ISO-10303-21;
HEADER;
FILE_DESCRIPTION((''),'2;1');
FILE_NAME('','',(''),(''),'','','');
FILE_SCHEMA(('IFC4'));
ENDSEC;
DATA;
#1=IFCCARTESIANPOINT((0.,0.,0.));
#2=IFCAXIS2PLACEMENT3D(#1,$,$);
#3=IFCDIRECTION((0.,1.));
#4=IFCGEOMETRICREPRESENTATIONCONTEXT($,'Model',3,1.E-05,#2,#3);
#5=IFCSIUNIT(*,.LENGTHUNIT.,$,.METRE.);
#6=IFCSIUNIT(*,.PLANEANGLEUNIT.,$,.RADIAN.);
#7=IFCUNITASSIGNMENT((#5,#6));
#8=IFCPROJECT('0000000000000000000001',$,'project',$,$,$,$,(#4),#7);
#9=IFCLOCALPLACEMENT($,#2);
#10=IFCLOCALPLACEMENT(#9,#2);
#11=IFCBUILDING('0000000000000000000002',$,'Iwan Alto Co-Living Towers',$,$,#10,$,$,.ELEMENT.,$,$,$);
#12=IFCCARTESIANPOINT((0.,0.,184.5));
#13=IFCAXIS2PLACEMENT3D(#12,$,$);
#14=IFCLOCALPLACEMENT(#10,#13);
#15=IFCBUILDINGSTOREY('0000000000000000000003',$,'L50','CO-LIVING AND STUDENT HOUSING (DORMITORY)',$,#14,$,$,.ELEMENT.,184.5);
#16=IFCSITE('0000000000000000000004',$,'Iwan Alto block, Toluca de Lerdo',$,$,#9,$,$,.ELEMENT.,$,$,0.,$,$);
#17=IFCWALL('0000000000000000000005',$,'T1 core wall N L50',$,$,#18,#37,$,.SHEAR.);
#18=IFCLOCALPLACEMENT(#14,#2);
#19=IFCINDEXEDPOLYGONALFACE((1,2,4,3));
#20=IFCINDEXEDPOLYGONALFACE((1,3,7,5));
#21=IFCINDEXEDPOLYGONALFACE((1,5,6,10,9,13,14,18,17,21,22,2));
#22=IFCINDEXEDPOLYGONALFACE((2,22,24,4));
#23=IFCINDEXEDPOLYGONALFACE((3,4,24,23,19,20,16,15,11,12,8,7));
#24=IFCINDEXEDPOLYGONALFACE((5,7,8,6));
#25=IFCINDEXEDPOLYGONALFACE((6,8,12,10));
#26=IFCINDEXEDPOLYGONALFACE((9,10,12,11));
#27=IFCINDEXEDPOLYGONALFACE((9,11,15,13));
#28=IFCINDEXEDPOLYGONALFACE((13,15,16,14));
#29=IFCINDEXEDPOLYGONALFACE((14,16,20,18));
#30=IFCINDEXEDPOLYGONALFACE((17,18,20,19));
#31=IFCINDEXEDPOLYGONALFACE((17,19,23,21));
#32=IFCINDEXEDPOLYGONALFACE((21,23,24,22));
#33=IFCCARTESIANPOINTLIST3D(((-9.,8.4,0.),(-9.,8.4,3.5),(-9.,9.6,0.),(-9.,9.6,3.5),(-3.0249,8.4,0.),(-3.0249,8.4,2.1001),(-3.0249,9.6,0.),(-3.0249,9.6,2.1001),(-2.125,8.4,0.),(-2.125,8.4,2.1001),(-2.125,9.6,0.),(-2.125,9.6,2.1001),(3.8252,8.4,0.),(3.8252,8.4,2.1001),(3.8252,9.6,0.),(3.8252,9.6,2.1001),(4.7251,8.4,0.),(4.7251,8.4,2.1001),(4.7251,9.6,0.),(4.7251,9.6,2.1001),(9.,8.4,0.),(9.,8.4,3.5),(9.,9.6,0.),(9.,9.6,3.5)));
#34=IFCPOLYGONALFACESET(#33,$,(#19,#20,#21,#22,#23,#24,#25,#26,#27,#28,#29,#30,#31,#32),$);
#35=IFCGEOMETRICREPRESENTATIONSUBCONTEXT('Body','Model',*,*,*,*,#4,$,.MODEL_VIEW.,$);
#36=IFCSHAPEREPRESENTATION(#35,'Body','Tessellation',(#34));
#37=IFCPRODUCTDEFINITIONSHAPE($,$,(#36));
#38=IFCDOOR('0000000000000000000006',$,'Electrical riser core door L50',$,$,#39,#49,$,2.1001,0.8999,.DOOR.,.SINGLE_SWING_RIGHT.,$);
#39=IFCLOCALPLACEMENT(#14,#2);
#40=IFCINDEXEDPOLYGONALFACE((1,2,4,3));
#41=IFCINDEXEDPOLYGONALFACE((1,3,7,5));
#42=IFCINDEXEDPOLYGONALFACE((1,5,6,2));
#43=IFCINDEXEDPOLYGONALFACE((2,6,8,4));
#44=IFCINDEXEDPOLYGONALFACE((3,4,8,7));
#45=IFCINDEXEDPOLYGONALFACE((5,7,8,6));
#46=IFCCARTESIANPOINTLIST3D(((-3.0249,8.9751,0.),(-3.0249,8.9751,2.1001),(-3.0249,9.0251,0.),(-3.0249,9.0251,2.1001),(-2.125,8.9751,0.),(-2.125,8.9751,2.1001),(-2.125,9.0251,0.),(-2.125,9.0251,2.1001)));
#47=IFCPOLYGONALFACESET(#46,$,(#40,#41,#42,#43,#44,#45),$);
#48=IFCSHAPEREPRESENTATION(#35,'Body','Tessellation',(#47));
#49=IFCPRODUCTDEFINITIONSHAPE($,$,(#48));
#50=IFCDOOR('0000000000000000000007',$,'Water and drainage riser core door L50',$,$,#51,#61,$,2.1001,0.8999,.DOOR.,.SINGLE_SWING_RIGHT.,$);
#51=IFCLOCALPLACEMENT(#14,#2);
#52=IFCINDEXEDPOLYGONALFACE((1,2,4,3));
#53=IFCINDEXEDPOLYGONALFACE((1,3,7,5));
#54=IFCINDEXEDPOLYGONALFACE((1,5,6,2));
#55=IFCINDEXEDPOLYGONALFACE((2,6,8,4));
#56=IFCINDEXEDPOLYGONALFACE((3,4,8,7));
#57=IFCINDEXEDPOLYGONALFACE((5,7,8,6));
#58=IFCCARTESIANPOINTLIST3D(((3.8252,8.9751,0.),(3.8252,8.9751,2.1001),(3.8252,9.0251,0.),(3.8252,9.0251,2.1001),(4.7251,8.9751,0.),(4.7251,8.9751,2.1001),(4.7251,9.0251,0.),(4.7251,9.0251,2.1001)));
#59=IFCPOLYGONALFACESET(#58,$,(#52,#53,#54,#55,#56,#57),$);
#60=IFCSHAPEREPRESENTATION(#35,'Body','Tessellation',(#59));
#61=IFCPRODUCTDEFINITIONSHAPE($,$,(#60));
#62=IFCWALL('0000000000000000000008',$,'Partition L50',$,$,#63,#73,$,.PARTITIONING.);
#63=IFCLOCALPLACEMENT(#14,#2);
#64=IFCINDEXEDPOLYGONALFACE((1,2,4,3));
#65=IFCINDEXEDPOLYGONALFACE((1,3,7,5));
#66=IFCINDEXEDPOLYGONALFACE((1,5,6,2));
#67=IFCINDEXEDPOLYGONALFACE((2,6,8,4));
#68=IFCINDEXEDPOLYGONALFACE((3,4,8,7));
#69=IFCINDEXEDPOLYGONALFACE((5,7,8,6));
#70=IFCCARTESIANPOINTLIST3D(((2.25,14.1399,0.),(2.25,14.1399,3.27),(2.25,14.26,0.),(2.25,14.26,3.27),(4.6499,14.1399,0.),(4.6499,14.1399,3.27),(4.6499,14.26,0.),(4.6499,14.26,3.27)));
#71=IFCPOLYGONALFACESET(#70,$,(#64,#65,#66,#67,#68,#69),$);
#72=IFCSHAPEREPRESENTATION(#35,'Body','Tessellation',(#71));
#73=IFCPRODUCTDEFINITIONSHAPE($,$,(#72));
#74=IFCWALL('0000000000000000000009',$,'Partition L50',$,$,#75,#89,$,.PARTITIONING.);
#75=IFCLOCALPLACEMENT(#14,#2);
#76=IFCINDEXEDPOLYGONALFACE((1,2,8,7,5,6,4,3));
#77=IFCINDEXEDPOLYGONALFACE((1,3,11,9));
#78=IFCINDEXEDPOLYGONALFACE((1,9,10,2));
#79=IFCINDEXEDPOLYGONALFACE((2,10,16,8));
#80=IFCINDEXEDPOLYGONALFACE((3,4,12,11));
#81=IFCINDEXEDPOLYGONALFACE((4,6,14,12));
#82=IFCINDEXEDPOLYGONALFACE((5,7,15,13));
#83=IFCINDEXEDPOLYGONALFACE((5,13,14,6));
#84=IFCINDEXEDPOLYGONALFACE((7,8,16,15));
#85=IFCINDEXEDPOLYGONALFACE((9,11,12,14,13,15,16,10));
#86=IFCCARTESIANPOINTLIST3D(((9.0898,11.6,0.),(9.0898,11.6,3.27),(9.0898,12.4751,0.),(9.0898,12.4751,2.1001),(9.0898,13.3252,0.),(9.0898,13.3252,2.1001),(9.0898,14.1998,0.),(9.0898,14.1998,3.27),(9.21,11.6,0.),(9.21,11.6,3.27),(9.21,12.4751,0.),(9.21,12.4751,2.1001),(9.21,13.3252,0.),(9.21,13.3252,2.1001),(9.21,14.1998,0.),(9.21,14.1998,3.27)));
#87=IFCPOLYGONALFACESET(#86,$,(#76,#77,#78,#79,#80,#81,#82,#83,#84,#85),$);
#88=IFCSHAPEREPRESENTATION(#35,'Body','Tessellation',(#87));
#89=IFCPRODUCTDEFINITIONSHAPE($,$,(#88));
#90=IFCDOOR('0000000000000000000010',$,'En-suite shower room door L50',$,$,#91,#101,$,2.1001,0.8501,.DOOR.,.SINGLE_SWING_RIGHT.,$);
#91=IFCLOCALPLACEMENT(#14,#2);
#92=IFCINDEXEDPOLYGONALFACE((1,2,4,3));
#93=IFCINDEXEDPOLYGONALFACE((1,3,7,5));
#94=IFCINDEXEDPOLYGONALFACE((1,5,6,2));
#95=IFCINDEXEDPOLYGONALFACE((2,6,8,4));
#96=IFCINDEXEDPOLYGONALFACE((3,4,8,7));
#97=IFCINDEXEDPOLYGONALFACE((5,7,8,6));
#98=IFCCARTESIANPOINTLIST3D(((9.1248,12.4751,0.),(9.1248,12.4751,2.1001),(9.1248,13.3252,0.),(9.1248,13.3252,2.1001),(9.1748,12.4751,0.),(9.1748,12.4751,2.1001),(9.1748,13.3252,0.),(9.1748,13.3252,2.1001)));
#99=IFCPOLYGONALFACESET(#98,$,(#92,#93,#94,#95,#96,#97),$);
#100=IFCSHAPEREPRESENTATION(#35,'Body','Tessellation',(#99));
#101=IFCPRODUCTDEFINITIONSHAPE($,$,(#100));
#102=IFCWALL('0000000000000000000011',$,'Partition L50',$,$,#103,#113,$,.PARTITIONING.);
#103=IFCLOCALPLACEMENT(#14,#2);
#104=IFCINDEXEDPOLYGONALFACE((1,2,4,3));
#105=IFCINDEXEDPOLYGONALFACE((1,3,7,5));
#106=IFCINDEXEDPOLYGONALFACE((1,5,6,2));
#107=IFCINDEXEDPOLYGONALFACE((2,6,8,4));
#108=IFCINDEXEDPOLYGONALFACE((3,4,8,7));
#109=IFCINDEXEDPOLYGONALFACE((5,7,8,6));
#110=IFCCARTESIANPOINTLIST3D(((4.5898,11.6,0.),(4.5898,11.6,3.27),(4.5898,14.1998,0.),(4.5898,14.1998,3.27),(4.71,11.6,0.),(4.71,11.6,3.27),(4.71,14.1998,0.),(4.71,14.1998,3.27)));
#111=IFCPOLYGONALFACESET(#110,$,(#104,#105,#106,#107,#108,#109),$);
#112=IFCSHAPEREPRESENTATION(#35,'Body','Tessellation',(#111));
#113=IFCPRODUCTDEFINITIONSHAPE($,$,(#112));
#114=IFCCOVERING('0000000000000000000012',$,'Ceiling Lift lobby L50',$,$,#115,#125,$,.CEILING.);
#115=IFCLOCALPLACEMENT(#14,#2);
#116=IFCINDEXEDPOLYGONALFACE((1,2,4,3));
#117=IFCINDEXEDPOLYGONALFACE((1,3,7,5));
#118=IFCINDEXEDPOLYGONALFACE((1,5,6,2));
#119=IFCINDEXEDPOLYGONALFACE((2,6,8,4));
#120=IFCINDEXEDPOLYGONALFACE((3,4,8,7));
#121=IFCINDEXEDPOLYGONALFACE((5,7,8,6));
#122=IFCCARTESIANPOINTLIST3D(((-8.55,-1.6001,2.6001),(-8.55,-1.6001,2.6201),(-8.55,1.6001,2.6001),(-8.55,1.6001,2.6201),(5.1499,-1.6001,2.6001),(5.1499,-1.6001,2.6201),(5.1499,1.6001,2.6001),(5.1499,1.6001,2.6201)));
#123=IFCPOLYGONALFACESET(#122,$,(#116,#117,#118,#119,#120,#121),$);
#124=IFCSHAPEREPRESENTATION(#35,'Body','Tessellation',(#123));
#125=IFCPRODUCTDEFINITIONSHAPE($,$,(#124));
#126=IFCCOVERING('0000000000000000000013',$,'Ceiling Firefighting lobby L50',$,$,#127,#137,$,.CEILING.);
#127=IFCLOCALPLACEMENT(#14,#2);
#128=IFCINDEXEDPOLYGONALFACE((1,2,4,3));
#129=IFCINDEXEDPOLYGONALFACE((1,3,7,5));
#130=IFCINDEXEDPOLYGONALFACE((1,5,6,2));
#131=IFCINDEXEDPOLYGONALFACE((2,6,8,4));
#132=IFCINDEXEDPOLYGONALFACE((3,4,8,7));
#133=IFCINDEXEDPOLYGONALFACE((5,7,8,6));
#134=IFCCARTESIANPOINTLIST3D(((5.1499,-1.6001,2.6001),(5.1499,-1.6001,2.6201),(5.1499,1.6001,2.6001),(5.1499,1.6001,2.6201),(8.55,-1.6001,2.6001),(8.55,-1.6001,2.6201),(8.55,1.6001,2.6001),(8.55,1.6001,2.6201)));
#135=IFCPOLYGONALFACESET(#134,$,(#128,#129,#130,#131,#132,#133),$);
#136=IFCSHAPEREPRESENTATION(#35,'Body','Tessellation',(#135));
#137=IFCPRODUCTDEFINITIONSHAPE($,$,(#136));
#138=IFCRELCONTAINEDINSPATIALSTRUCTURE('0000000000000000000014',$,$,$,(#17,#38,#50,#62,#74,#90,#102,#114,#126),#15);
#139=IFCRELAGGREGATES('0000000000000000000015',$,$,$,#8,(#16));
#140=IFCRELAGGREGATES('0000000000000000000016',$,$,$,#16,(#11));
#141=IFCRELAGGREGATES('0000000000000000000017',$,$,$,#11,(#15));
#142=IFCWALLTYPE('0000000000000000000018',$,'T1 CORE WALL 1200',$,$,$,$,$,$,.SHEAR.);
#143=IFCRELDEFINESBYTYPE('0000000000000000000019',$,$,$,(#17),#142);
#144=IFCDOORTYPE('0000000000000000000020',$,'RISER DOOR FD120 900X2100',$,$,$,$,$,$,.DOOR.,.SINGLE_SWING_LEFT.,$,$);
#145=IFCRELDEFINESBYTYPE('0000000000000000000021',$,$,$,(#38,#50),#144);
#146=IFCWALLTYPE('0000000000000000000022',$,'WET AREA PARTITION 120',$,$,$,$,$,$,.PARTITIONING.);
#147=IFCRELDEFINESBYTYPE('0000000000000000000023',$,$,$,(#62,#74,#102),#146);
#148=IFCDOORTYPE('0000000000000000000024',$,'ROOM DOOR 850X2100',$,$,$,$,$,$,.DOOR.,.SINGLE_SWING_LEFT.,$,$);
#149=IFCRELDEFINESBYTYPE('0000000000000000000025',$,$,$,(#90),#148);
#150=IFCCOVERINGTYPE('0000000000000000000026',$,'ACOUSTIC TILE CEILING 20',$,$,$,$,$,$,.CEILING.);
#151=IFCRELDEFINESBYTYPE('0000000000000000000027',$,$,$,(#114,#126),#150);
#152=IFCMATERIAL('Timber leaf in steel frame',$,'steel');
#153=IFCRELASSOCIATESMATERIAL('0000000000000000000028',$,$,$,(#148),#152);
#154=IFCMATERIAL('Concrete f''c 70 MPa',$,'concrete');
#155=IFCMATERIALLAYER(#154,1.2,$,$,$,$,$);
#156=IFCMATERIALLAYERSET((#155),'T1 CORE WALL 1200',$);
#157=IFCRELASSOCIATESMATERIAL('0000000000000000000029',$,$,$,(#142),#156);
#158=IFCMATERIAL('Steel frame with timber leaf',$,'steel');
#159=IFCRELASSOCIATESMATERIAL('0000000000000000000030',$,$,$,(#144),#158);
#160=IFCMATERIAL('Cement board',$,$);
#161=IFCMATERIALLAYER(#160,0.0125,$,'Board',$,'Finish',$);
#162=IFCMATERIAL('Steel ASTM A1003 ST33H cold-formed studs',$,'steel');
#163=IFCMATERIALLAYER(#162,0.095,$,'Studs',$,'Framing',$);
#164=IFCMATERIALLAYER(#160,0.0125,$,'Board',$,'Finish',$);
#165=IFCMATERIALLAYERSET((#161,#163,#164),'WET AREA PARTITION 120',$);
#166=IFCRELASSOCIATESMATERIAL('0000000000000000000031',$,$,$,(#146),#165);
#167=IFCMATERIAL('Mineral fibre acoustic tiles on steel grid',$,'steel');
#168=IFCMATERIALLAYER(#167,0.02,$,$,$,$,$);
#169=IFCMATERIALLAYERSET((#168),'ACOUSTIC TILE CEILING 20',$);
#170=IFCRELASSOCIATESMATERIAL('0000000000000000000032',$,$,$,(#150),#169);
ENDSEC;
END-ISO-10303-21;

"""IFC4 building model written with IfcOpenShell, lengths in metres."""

from ifc_helpers import new_model, si_unit, direction, frame, frame_2d, origin, place, context, subcontext, project, spatial, polyline, rectangle, outline, extrude, material, layer, layer_set, type_object, element, fill, save


model = new_model("IFC4")

# Units and contexts
model_context = context("Model", 3, precision=1e-05, world=origin(), true_north=direction((0.0, 1.0)))
body_context = subcontext(model_context, "Body", "Model", "MODEL_VIEW")
ifc_project = project(units=[si_unit("LENGTHUNIT", "METRE"), si_unit("PLANEANGLEUNIT", "RADIAN")], contexts=[model_context])

# Site, building, storey
site_placement = place(None, origin())
site = spatial("IfcSite", under=ifc_project, at=site_placement, Name="Iwan Alto block, Toluca de Lerdo", CompositionType="ELEMENT", RefElevation=0.0)
building_placement = place(site_placement, origin())
building = spatial("IfcBuilding", under=site, at=building_placement, Name="Iwan Alto Co-Living Towers", CompositionType="ELEMENT")
storey_placement = place(building_placement, frame((0.0, 0.0, 184.5)))
storey = spatial("IfcBuildingStorey", under=building, at=storey_placement, Name="L50", Description="CO-LIVING AND STUDENT HOUSING (DORMITORY)", CompositionType="ELEMENT", Elevation=184.5)

# Shared definitions
ifc_material_1 = material(Name="Steel ASTM A1003 ST33H cold-formed studs", Category="steel")

# Shared definitions
ifc_material_2 = material(Name="Timber leaf in steel frame", Category="steel")
door_type_1 = type_object("IfcDoorType", Name="ROOM DOOR 850X2100", OperationType="SINGLE_SWING_LEFT", PredefinedType="DOOR", material=ifc_material_2)

# Wall, openings, doors
ifc_material_3 = material(Name="Concrete f'c 70 MPa", Category="concrete")
ifc_layer_1 = layer(ifc_material_3, 1.2)
ifc_layer_set_1 = layer_set([ifc_layer_1], Name="T1 CORE WALL 1200")
wall_type_1 = type_object("IfcWallType", Name="T1 CORE WALL 1200", PredefinedType="SHEAR", material=ifc_layer_set_1)
wall_1_placement = place(storey_placement, frame((9.0, 9.0, 0.0), z_axis=(0.0, 0.0, 1.0), x_axis=(-1.0, 0.0, 0.0)))
wall_1 = element("IfcWall", 1, at=wall_1_placement, inside=storey, type_object=wall_type_1, Name="T1 core wall N L50", PredefinedType="SHEAR", context=body_context, shape_type="SweptSolid", body=[
    extrude(rectangle(XDim=18.0, YDim=1.2, at=frame_2d((9.0, 0.0))), origin(), (0.0, 0.0, 1.0), 3.5),
])
opening_1_placement = place(wall_1_placement, frame((11.125, 0.0, 0.0)))
opening_1 = element("IfcOpeningElement", 2, at=opening_1_placement, cuts=wall_1, PredefinedType="OPENING", context=body_context, shape_type="SweptSolid", body=[
    extrude(rectangle(XDim=0.8999, YDim=2.1001, at=frame_2d((0.45, 1.05))), frame((0.0, 0.6099, 0.0), z_axis=(0.0, -1.0, 0.0), x_axis=(1.0, 0.0, 0.0)), (0.0, 0.0, 1.0), 1.22),
])
opening_2_placement = place(wall_1_placement, frame((4.2749, 0.0, 0.0)))
opening_2 = element("IfcOpeningElement", 3, at=opening_2_placement, cuts=wall_1, PredefinedType="OPENING", context=body_context, shape_type="SweptSolid", body=[
    extrude(rectangle(XDim=0.8999, YDim=2.1001, at=frame_2d((0.45, 1.05))), frame((0.0, 0.6099, 0.0), z_axis=(0.0, -1.0, 0.0), x_axis=(1.0, 0.0, 0.0)), (0.0, 0.0, 1.0), 1.22),
])
ifc_material_4 = material(Name="Steel frame with timber leaf", Category="steel")
door_type_2 = type_object("IfcDoorType", Name="RISER DOOR FD120 900X2100", OperationType="SINGLE_SWING_LEFT", PredefinedType="DOOR", material=ifc_material_4)
door_1_placement = place(opening_1_placement, origin())
door_1 = element("IfcDoor", 4, at=door_1_placement, inside=storey, type_object=door_type_2, Name="Electrical riser core door L50", OperationType="SINGLE_SWING_RIGHT", OverallHeight=2.1001, OverallWidth=0.8999, PredefinedType="DOOR", context=body_context, shape_type="SweptSolid", body=[
    extrude(rectangle(XDim=0.8999, YDim=2.1001, at=frame_2d((0.45, 1.05))), frame((0.0, 0.0249, 0.0), z_axis=(0.0, -1.0, 0.0), x_axis=(1.0, 0.0, 0.0)), (0.0, 0.0, 1.0), 0.05),
])
fill(opening_1, door_1)
door_2_placement = place(opening_2_placement, origin())
door_2 = element("IfcDoor", 5, at=door_2_placement, inside=storey, type_object=door_type_2, Name="Water and drainage riser core door L50", OperationType="SINGLE_SWING_RIGHT", OverallHeight=2.1001, OverallWidth=0.8999, PredefinedType="DOOR", context=body_context, shape_type="SweptSolid", body=[
    extrude(rectangle(XDim=0.8999, YDim=2.1001, at=frame_2d((0.45, 1.05))), frame((0.0, 0.0249, 0.0), z_axis=(0.0, -1.0, 0.0), x_axis=(1.0, 0.0, 0.0)), (0.0, 0.0, 1.0), 0.05),
])
fill(opening_2, door_2)

# Wall
ifc_material_5 = material(Name="Cement board")
ifc_layer_2 = layer(ifc_material_5, 0.0125, Name="Board", Category="Finish")
ifc_layer_3 = layer(ifc_material_1, 0.095, Name="Studs", Category="Framing")
ifc_layer_4 = layer(ifc_material_5, 0.0125, Name="Board", Category="Finish")
ifc_layer_set_2 = layer_set([ifc_layer_2, ifc_layer_3, ifc_layer_4], Name="WET AREA PARTITION 120")
wall_type_2 = type_object("IfcWallType", Name="WET AREA PARTITION 120", PredefinedType="PARTITIONING", material=ifc_layer_set_2)
wall_2_placement = place(storey_placement, frame((2.25, 14.2, 0.0), z_axis=(0.0, 0.0, 1.0), x_axis=(1.0, 0.0, 0.0)))
element("IfcWall", 6, at=wall_2_placement, inside=storey, type_object=wall_type_2, Name="Partition L50", PredefinedType="PARTITIONING", context=body_context, shape_type="SweptSolid", body=[
    extrude(rectangle(XDim=2.3999, YDim=0.1201, at=frame_2d((1.2, 0.0))), origin(), (0.0, 0.0, 1.0), 3.27),
])

# Wall, opening, door
wall_3_placement = place(storey_placement, frame((9.1499, 11.6001, 0.0), z_axis=(0.0, 0.0, 1.0), x_axis=(0.0, 1.0, 0.0)))
wall_3 = element("IfcWall", 7, at=wall_3_placement, inside=storey, type_object=wall_type_2, Name="Partition L50", PredefinedType="PARTITIONING", context=body_context, shape_type="SweptSolid", body=[
    extrude(rectangle(XDim=2.5999, YDim=0.1201, at=frame_2d((1.2998, 0.0))), origin(), (0.0, 0.0, 1.0), 3.27),
])
opening_3_placement = place(wall_3_placement, frame((0.875, 0.0, 0.0)))
opening_3 = element("IfcOpeningElement", 8, at=opening_3_placement, cuts=wall_3, PredefinedType="OPENING", context=body_context, shape_type="SweptSolid", body=[
    extrude(rectangle(XDim=0.8501, YDim=2.1001, at=frame_2d((0.425, 1.05))), frame((0.0, 0.0701, 0.0), z_axis=(0.0, -1.0, 0.0), x_axis=(1.0, 0.0, 0.0)), (0.0, 0.0, 1.0), 0.1401),
])
door_3_placement = place(opening_3_placement, frame((0.8501, 0.0, 0.0), z_axis=(0.0, 0.0, 1.0), x_axis=(-1.0, 0.0, 0.0)))
door_3 = element("IfcDoor", 9, at=door_3_placement, inside=storey, type_object=door_type_1, Name="En-suite shower room door L50", OperationType="SINGLE_SWING_RIGHT", OverallHeight=2.1001, OverallWidth=0.8501, PredefinedType="DOOR", context=body_context, shape_type="SweptSolid", body=[
    extrude(rectangle(XDim=0.8501, YDim=2.1001, at=frame_2d((0.425, 1.05))), frame((0.0, 0.0249, 0.0), z_axis=(0.0, -1.0, 0.0), x_axis=(1.0, 0.0, 0.0)), (0.0, 0.0, 1.0), 0.05),
])
fill(opening_3, door_3)

# Wall
wall_4_placement = place(storey_placement, frame((4.6499, 11.6001, 0.0), z_axis=(0.0, 0.0, 1.0), x_axis=(0.0, 1.0, 0.0)))
element("IfcWall", 10, at=wall_4_placement, inside=storey, type_object=wall_type_2, Name="Partition L50", PredefinedType="PARTITIONING", context=body_context, shape_type="SweptSolid", body=[
    extrude(rectangle(XDim=2.5999, YDim=0.1201, at=frame_2d((1.2998, 0.0))), origin(), (0.0, 0.0, 1.0), 3.27),
])

# Coverings
ifc_material_6 = material(Name="Mineral fibre acoustic tiles on steel grid", Category="steel")
ifc_layer_5 = layer(ifc_material_6, 0.02)
ifc_layer_set_3 = layer_set([ifc_layer_5], Name="ACOUSTIC TILE CEILING 20")
covering_type_1 = type_object("IfcCoveringType", Name="ACOUSTIC TILE CEILING 20", PredefinedType="CEILING", material=ifc_layer_set_3)
covering_1_placement = place(storey_placement, frame((0.0, 0.0, 2.6001)))
element("IfcCovering", 11, at=covering_1_placement, inside=storey, type_object=covering_type_1, Name="Ceiling Lift lobby L50", PredefinedType="CEILING", context=body_context, shape_type="SweptSolid", body=[
    extrude(outline(polyline([(-8.55, -1.6001), (-8.55, 1.6001), (5.1499, 1.6001), (5.1499, -1.6001), (-8.55, -1.6001)])), origin(), (0.0, 0.0, 1.0), 0.02),
])
covering_2_placement = place(storey_placement, frame((0.0, 0.0, 2.6001)))
element("IfcCovering", 12, at=covering_2_placement, inside=storey, type_object=covering_type_1, Name="Ceiling Firefighting lobby L50", PredefinedType="CEILING", context=body_context, shape_type="SweptSolid", body=[
    extrude(outline(polyline([(5.1499, -1.6001), (5.1499, 1.6001), (8.55, 1.6001), (8.55, -1.6001), (5.1499, -1.6001)])), origin(), (0.0, 0.0, 1.0), 0.02),
])

save(model, "model.ifc")
